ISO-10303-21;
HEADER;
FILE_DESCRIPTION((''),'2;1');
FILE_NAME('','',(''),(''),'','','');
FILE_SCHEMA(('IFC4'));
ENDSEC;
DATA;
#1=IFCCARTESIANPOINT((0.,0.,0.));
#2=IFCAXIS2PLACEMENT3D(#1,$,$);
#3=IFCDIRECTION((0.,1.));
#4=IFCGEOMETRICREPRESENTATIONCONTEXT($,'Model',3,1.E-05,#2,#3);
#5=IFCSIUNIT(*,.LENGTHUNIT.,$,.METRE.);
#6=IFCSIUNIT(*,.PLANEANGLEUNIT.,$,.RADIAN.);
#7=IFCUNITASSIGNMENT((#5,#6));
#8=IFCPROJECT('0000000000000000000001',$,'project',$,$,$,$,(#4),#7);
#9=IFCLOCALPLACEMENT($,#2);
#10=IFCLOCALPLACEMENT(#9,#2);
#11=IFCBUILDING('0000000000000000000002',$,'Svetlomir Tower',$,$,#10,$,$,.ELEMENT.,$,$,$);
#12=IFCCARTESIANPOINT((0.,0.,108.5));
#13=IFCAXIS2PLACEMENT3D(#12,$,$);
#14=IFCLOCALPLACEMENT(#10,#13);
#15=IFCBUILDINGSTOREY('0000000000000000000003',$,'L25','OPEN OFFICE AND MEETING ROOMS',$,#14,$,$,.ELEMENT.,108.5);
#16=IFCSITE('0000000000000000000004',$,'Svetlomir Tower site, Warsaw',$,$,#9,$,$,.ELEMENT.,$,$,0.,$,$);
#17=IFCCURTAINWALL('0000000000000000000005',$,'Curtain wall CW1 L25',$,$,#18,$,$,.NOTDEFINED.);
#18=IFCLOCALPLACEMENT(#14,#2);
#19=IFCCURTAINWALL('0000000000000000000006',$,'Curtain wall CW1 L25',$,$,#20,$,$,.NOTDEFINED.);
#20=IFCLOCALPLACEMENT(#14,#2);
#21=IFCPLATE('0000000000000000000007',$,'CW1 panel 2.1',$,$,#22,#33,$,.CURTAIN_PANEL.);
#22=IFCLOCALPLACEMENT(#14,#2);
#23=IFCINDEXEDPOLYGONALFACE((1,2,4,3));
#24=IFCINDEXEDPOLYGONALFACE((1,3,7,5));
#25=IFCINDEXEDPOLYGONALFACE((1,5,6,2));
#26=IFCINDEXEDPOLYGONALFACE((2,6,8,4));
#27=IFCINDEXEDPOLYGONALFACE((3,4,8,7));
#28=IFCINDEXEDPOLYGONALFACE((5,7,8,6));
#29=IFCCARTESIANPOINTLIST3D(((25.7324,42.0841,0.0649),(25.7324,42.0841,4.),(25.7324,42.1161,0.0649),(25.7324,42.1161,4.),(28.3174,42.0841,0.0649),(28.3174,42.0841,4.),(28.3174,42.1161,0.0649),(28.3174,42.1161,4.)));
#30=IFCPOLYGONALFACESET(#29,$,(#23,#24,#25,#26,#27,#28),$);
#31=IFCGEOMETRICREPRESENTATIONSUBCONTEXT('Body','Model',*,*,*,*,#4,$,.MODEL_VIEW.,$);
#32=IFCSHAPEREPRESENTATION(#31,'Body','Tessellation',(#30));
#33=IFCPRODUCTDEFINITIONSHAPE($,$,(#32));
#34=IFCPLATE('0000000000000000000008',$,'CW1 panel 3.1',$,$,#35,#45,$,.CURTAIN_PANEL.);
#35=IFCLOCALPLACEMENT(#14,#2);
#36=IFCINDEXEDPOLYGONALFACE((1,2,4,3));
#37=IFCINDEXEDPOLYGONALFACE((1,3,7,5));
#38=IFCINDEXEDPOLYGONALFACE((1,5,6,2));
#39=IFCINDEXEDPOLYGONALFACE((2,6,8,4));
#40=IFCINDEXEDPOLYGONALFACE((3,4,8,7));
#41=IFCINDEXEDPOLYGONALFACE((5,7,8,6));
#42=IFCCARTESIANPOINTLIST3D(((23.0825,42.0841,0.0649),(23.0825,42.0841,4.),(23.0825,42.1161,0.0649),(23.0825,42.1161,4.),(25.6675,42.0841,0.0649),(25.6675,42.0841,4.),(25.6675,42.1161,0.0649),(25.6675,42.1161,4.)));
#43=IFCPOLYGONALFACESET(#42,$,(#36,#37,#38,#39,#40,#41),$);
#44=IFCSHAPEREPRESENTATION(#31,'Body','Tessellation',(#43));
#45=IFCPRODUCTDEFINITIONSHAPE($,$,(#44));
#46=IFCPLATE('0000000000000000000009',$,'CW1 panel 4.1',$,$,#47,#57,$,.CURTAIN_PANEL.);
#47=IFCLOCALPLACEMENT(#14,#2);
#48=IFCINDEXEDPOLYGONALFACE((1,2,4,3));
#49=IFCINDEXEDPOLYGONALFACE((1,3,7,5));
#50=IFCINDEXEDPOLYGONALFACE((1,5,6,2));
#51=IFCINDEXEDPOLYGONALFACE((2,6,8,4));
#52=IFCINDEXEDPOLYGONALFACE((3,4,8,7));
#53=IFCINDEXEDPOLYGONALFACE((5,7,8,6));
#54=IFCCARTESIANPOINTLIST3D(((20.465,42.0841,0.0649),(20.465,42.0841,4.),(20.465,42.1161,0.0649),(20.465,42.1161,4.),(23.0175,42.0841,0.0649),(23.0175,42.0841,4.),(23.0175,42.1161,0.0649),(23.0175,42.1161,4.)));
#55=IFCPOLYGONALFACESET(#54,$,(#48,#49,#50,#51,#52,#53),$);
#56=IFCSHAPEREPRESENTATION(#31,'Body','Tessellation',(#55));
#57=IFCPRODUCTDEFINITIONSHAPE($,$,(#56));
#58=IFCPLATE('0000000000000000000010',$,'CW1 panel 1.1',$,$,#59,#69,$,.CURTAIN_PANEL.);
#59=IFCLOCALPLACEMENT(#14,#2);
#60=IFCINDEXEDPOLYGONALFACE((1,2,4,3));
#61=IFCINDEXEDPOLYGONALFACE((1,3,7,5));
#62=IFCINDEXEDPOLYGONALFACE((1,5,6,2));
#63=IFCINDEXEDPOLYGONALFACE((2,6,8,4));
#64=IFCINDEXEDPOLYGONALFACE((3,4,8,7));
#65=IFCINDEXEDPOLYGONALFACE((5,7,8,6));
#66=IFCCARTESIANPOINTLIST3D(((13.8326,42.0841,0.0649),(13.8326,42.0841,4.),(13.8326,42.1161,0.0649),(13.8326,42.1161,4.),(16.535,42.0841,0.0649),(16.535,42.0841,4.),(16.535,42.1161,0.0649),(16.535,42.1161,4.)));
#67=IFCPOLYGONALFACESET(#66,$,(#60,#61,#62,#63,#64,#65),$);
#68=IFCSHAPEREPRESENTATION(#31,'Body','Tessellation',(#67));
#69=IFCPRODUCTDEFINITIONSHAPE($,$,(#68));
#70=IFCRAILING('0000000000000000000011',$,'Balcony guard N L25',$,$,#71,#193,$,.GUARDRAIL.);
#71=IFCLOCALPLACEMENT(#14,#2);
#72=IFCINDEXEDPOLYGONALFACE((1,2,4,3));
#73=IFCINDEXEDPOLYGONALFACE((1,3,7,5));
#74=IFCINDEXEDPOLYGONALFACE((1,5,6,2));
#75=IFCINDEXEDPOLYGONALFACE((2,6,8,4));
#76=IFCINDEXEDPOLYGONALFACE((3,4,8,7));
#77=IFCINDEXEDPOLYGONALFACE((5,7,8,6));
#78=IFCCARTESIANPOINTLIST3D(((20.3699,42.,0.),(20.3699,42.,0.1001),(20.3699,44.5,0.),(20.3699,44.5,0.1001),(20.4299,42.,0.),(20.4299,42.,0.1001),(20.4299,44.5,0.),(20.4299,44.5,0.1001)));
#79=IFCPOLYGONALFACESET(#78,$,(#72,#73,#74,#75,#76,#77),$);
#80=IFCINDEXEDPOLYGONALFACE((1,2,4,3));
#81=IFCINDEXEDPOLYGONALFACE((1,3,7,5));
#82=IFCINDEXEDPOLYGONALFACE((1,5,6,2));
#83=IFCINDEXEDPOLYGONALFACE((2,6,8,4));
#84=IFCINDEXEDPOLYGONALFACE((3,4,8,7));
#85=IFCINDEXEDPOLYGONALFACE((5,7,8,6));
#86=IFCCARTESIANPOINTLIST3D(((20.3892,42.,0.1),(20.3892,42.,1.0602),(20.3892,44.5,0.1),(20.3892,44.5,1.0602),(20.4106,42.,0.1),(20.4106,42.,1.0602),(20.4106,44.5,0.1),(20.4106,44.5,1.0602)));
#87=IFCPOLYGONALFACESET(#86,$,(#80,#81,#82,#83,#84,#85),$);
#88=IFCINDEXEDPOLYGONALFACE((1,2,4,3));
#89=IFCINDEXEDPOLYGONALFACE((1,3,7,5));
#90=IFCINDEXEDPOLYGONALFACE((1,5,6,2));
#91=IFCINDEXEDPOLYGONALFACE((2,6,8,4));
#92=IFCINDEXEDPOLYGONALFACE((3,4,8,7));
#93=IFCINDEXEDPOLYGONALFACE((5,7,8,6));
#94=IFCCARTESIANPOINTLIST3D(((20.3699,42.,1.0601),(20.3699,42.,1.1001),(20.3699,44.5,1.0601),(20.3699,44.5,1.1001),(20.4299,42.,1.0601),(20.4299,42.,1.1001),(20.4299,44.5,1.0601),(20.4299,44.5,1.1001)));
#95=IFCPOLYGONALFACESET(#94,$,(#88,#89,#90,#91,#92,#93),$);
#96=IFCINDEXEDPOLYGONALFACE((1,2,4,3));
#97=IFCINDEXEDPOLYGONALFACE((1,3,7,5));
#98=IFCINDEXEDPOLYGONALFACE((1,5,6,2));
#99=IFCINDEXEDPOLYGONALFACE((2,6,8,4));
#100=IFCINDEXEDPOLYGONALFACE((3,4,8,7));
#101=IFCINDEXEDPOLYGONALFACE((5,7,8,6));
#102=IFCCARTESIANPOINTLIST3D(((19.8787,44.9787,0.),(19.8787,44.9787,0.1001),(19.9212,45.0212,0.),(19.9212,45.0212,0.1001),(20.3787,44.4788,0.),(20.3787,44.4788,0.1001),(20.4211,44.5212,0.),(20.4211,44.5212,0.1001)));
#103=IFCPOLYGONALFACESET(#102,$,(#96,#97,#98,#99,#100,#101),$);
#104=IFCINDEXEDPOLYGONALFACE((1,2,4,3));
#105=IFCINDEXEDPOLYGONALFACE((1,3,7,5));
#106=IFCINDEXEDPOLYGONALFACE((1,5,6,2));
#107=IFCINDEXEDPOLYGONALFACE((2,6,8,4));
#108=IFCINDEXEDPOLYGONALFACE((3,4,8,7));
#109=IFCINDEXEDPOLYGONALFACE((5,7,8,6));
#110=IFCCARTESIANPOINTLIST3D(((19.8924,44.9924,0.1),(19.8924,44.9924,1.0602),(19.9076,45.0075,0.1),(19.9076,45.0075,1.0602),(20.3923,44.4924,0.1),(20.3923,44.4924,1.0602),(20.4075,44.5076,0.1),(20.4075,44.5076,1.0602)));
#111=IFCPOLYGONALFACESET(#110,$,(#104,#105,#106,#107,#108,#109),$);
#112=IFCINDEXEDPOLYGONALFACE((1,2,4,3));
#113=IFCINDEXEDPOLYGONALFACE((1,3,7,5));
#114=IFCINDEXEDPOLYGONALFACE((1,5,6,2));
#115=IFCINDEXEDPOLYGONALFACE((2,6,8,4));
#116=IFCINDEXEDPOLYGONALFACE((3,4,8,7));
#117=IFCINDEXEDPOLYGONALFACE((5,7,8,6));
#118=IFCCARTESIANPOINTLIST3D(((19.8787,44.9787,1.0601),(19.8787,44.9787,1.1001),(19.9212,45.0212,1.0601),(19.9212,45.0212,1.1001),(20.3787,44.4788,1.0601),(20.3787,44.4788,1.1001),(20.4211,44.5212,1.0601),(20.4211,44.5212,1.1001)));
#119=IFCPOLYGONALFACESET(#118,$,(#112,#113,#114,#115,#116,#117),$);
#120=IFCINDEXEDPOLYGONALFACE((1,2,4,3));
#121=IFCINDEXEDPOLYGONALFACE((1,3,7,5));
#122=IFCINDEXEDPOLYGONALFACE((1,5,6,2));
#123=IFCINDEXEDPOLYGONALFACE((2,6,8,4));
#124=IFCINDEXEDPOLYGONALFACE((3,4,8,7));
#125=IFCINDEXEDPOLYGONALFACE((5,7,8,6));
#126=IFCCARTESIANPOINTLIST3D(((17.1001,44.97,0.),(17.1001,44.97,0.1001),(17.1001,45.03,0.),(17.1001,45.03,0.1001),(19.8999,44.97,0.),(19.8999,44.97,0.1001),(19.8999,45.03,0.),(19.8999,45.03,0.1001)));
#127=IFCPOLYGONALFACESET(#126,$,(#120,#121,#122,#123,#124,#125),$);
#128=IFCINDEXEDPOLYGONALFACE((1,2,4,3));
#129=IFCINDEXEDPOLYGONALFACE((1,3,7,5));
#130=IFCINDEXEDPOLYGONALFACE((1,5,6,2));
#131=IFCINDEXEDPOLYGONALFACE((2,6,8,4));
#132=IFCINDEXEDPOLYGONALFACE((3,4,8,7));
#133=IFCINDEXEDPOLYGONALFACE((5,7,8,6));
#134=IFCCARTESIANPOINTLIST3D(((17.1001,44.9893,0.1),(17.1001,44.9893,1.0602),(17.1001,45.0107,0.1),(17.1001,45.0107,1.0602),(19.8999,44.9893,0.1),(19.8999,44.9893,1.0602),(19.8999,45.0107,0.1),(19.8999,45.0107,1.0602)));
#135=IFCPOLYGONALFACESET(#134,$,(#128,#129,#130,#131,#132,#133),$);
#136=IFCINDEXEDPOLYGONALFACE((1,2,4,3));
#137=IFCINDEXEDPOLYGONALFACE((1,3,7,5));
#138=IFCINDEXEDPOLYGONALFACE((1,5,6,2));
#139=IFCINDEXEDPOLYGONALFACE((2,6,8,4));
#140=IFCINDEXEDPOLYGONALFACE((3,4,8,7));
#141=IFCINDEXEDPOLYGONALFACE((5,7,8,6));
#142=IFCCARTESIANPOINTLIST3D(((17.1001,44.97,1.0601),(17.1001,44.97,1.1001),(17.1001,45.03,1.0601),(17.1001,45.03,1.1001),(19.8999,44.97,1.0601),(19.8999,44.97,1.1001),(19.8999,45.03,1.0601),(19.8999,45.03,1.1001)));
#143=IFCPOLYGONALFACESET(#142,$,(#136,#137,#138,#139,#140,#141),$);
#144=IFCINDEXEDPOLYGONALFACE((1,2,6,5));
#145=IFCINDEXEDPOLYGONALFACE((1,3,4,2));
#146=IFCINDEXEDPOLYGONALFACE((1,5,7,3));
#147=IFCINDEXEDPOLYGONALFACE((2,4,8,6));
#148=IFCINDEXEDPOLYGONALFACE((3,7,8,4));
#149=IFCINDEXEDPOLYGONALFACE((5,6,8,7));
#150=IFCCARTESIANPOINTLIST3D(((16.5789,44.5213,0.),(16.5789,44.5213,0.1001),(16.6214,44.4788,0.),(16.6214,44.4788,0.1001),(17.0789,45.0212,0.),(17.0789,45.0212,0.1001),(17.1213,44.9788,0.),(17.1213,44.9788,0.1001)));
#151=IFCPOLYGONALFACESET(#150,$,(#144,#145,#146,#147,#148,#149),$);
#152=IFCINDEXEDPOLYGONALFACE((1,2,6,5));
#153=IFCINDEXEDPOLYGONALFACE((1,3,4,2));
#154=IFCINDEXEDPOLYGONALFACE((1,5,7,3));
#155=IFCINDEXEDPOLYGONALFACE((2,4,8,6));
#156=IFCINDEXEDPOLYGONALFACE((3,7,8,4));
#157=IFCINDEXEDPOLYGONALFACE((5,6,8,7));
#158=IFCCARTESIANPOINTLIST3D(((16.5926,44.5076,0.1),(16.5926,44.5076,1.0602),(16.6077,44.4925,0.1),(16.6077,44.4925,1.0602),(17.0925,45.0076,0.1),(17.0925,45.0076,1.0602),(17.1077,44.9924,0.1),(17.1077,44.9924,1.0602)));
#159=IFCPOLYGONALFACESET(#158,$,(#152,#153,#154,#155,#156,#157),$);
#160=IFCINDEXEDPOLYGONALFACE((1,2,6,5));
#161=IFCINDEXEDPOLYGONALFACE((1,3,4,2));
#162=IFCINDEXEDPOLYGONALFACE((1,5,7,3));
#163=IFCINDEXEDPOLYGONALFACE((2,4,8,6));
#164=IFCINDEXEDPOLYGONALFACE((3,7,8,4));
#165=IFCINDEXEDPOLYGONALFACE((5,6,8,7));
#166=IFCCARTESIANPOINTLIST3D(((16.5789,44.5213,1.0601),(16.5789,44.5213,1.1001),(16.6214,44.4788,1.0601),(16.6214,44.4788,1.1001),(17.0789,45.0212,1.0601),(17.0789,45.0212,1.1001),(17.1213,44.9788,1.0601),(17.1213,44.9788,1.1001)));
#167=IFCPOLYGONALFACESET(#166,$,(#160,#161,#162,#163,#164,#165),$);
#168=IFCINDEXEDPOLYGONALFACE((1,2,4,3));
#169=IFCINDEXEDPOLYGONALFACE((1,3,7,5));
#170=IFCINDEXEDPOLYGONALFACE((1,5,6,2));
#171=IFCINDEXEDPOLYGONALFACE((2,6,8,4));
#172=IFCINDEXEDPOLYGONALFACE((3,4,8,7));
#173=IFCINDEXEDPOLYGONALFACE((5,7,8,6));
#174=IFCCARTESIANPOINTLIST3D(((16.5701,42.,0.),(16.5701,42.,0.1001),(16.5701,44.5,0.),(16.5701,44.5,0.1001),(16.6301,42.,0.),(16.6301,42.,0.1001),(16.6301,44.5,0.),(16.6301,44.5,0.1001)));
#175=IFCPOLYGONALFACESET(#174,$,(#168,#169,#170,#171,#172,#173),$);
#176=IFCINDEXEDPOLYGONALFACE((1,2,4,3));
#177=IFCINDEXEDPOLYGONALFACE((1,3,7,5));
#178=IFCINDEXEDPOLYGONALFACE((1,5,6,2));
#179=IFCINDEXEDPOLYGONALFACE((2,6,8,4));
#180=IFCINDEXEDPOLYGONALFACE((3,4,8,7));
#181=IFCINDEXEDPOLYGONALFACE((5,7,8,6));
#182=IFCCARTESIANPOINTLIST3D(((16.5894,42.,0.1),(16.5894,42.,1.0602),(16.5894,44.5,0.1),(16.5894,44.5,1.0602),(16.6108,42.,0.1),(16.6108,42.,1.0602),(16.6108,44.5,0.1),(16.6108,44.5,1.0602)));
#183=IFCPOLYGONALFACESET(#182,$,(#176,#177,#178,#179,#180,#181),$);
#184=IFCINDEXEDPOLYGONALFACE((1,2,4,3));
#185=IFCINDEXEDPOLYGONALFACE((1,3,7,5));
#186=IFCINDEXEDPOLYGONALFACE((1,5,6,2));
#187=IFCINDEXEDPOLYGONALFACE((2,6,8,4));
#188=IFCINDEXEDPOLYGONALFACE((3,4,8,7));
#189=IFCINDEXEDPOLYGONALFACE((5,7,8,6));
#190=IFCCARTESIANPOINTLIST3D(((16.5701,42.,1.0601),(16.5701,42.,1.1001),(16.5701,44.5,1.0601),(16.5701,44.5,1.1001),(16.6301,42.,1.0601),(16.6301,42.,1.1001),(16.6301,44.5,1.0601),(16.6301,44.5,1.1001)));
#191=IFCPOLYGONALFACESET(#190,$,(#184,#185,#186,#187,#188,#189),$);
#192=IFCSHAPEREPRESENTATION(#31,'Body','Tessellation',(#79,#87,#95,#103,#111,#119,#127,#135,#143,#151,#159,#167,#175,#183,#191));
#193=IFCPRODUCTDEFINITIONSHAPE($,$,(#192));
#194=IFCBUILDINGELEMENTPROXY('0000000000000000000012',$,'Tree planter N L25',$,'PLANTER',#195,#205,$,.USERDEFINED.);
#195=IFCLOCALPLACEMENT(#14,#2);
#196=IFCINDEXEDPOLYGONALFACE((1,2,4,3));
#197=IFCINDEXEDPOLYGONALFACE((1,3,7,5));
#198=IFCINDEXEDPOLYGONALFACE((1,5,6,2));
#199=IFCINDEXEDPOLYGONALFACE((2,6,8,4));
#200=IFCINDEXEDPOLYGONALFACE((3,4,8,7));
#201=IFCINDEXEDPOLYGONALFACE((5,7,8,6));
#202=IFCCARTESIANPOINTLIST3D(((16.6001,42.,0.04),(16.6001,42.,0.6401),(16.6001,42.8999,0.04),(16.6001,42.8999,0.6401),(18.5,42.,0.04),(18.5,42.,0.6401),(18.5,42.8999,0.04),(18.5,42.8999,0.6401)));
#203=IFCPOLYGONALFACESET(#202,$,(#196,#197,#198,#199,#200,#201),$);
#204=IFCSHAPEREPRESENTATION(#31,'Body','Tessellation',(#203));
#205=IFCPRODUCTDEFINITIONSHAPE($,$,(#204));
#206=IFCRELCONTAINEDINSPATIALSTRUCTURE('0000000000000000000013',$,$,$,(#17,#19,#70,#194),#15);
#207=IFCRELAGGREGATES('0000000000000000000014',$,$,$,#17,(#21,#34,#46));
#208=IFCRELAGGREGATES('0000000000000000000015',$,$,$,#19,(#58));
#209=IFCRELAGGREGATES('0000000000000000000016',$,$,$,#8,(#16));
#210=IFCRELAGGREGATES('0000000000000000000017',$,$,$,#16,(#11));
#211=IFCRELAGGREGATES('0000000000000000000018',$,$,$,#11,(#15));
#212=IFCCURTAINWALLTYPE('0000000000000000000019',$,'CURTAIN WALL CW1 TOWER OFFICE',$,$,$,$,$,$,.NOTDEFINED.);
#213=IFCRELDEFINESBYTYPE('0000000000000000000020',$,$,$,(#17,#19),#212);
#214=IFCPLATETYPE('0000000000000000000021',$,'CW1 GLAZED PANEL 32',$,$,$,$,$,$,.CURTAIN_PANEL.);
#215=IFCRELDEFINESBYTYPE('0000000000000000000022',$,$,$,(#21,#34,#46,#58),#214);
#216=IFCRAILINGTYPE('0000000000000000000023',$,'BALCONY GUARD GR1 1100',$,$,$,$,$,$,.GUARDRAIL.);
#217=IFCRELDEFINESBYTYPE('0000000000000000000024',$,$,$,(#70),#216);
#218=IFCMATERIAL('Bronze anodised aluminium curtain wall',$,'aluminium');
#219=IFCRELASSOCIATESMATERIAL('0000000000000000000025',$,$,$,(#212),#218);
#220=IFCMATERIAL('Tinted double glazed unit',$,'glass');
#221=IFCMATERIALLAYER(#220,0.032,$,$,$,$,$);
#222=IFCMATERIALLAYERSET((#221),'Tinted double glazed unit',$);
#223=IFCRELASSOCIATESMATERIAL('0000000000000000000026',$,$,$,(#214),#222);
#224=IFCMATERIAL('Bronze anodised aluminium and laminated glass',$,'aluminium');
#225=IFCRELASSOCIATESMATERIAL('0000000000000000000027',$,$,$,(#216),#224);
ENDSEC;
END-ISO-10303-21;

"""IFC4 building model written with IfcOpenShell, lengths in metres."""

from ifc_helpers import new_model, si_unit, direction, frame, origin, origin_2d, place, context, subcontext, project, spatial, rectangle, extrude, material, layer, layer_set, type_object, element, aggregate, save


model = new_model("IFC4")

# Units and contexts
model_context = context("Model", 3, precision=1e-05, world=origin(), true_north=direction((0.0, 1.0)))
body_context = subcontext(model_context, "Body", "Model", "MODEL_VIEW")
ifc_project = project(units=[si_unit("LENGTHUNIT", "METRE"), si_unit("PLANEANGLEUNIT", "RADIAN")], contexts=[model_context])

# Site, building, storey
site_placement = place(None, origin())
site = spatial("IfcSite", under=ifc_project, at=site_placement, Name="Svetlomir Tower site, Warsaw", CompositionType="ELEMENT", RefElevation=0.0)
building_placement = place(site_placement, origin())
building = spatial("IfcBuilding", under=site, at=building_placement, Name="Svetlomir Tower", CompositionType="ELEMENT")
storey_placement = place(building_placement, frame((0.0, 0.0, 108.5)))
storey = spatial("IfcBuildingStorey", under=building, at=storey_placement, Name="L25", Description="OPEN OFFICE AND MEETING ROOMS", CompositionType="ELEMENT", Elevation=108.5)

# Curtain wall
ifc_material_1 = material(Name="Bronze anodised aluminium curtain wall", Category="aluminium")
curtain_wall_type = type_object("IfcCurtainWallType", Name="CURTAIN WALL CW1 TOWER OFFICE", PredefinedType="NOTDEFINED", material=ifc_material_1)
curtain_wall_1_placement = place(storey_placement, origin())
curtain_wall_1 = element("IfcCurtainWall", 1, at=curtain_wall_1_placement, inside=storey, type_object=curtain_wall_type, Name="Curtain wall CW1 L25", PredefinedType="NOTDEFINED")

# Curtain wall
curtain_wall_2_placement = place(storey_placement, origin())
curtain_wall_2 = element("IfcCurtainWall", 2, at=curtain_wall_2_placement, inside=storey, type_object=curtain_wall_type, Name="Curtain wall CW1 L25", PredefinedType="NOTDEFINED")

# Plates
ifc_material_2 = material(Name="Tinted double glazed unit", Category="glass")
ifc_layer_1 = layer(ifc_material_2, 0.032)
ifc_layer_set_1 = layer_set([ifc_layer_1], Name="Tinted double glazed unit")
plate_type = type_object("IfcPlateType", Name="CW1 GLAZED PANEL 32", PredefinedType="CURTAIN_PANEL", material=ifc_layer_set_1)
plate_1_placement = place(storey_placement, frame((27.0249, 42.1001, 0.0649), z_axis=(0.0, 0.0, 1.0), x_axis=(-1.0, 0.0, 0.0)))
plate_1 = element("IfcPlate", 3, at=plate_1_placement, type_object=plate_type, Name="CW1 panel 2.1", PredefinedType="CURTAIN_PANEL", context=body_context, shape_type="SweptSolid", body=[
    extrude(rectangle(XDim=2.585, YDim=0.032, at=origin_2d()), origin(), (0.0, 0.0, 1.0), 3.9351),
])
plate_2_placement = place(storey_placement, frame((24.375, 42.1001, 0.0649), z_axis=(0.0, 0.0, 1.0), x_axis=(-1.0, 0.0, 0.0)))
plate_2 = element("IfcPlate", 4, at=plate_2_placement, type_object=plate_type, Name="CW1 panel 3.1", PredefinedType="CURTAIN_PANEL", context=body_context, shape_type="SweptSolid", body=[
    extrude(rectangle(XDim=2.585, YDim=0.032, at=origin_2d()), origin(), (0.0, 0.0, 1.0), 3.9351),
])
plate_3_placement = place(storey_placement, frame((21.7412, 42.1001, 0.0649), z_axis=(0.0, 0.0, 1.0), x_axis=(-1.0, 0.0, 0.0)))
plate_3 = element("IfcPlate", 5, at=plate_3_placement, type_object=plate_type, Name="CW1 panel 4.1", PredefinedType="CURTAIN_PANEL", context=body_context, shape_type="SweptSolid", body=[
    extrude(rectangle(XDim=2.5525, YDim=0.032, at=origin_2d()), origin(), (0.0, 0.0, 1.0), 3.9351),
])
aggregate(curtain_wall_1, [plate_1, plate_2, plate_3])
plate_4_placement = place(storey_placement, frame((15.1838, 42.1001, 0.0649), z_axis=(0.0, 0.0, 1.0), x_axis=(-1.0, 0.0, 0.0)))
plate_4 = element("IfcPlate", 6, at=plate_4_placement, type_object=plate_type, Name="CW1 panel 1.1", PredefinedType="CURTAIN_PANEL", context=body_context, shape_type="SweptSolid", body=[
    extrude(rectangle(XDim=2.7024, YDim=0.032, at=origin_2d()), origin(), (0.0, 0.0, 1.0), 3.9351),
])
aggregate(curtain_wall_2, [plate_4])

# Railing
ifc_material_3 = material(Name="Bronze anodised aluminium and laminated glass", Category="aluminium")
railing_type = type_object("IfcRailingType", Name="BALCONY GUARD GR1 1100", PredefinedType="GUARDRAIL", material=ifc_material_3)
railing_placement = place(storey_placement, frame((20.3999, 42.0, 0.0)))
element("IfcRailing", 7, at=railing_placement, inside=storey, type_object=railing_type, Name="Balcony guard N L25", PredefinedType="GUARDRAIL", context=body_context, shape_type="SweptSolid", body=[
    extrude(rectangle(XDim=0.0601, YDim=0.1001, at=origin_2d()), frame((0.0, 0.0, 0.05), z_axis=(0.0, 1.0, 0.0), x_axis=(-1.0, 0.0, 0.0)), (0.0, 0.0, 1.0), 2.5),
    extrude(rectangle(XDim=0.0215, YDim=0.9602, at=origin_2d()), frame((0.0, 0.0, 0.5801), z_axis=(0.0, 1.0, 0.0), x_axis=(-1.0, 0.0, 0.0)), (0.0, 0.0, 1.0), 2.5),
    extrude(rectangle(XDim=0.0601, YDim=0.04, at=origin_2d()), frame((0.0, 0.0, 1.0801), z_axis=(0.0, 1.0, 0.0), x_axis=(-1.0, 0.0, 0.0)), (0.0, 0.0, 1.0), 2.5),
    extrude(rectangle(XDim=0.0601, YDim=0.1001, at=origin_2d()), frame((0.0, 2.5, 0.05), z_axis=(-0.707107, 0.707107, 0.0), x_axis=(-0.707107, -0.707107, 0.0)), (0.0, 0.0, 1.0), 0.707),
    extrude(rectangle(XDim=0.0215, YDim=0.9602, at=origin_2d()), frame((0.0, 2.5, 0.5801), z_axis=(-0.707107, 0.707107, 0.0), x_axis=(-0.707107, -0.707107, 0.0)), (0.0, 0.0, 1.0), 0.707),
    extrude(rectangle(XDim=0.0601, YDim=0.04, at=origin_2d()), frame((0.0, 2.5, 1.0801), z_axis=(-0.707107, 0.707107, 0.0), x_axis=(-0.707107, -0.707107, 0.0)), (0.0, 0.0, 1.0), 0.707),
    extrude(rectangle(XDim=0.0601, YDim=0.1001, at=origin_2d()), frame((-0.5, 3.0, 0.05), z_axis=(-1.0, 0.0, 0.0), x_axis=(0.0, -1.0, 0.0)), (0.0, 0.0, 1.0), 2.7998),
    extrude(rectangle(XDim=0.0215, YDim=0.9602, at=origin_2d()), frame((-0.5, 3.0, 0.5801), z_axis=(-1.0, 0.0, 0.0), x_axis=(0.0, -1.0, 0.0)), (0.0, 0.0, 1.0), 2.7998),
    extrude(rectangle(XDim=0.0601, YDim=0.04, at=origin_2d()), frame((-0.5, 3.0, 1.0801), z_axis=(-1.0, 0.0, 0.0), x_axis=(0.0, -1.0, 0.0)), (0.0, 0.0, 1.0), 2.7998),
    extrude(rectangle(XDim=0.0601, YDim=0.1001, at=origin_2d()), frame((-3.2998, 3.0, 0.05), z_axis=(-0.707107, -0.707107, 0.0), x_axis=(0.707107, -0.707107, 0.0)), (0.0, 0.0, 1.0), 0.707),
    extrude(rectangle(XDim=0.0215, YDim=0.9602, at=origin_2d()), frame((-3.2998, 3.0, 0.5801), z_axis=(-0.707107, -0.707107, 0.0), x_axis=(0.707107, -0.707107, 0.0)), (0.0, 0.0, 1.0), 0.707),
    extrude(rectangle(XDim=0.0601, YDim=0.04, at=origin_2d()), frame((-3.2998, 3.0, 1.0801), z_axis=(-0.707107, -0.707107, 0.0), x_axis=(0.707107, -0.707107, 0.0)), (0.0, 0.0, 1.0), 0.707),
    extrude(rectangle(XDim=0.0601, YDim=0.1001, at=origin_2d()), frame((-3.7998, 2.5, 0.05), z_axis=(0.0, -1.0, 0.0), x_axis=(1.0, 0.0, 0.0)), (0.0, 0.0, 1.0), 2.5),
    extrude(rectangle(XDim=0.0215, YDim=0.9602, at=origin_2d()), frame((-3.7998, 2.5, 0.5801), z_axis=(0.0, -1.0, 0.0), x_axis=(1.0, 0.0, 0.0)), (0.0, 0.0, 1.0), 2.5),
    extrude(rectangle(XDim=0.0601, YDim=0.04, at=origin_2d()), frame((-3.7998, 2.5, 1.0801), z_axis=(0.0, -1.0, 0.0), x_axis=(1.0, 0.0, 0.0)), (0.0, 0.0, 1.0), 2.5),
])

# Building element proxy
proxy_placement = place(storey_placement, frame((17.55, 42.45, 0.04), z_axis=(0.0, 0.0, 1.0), x_axis=(1.0, 0.0, 0.0)))
element("IfcBuildingElementProxy", 8, at=proxy_placement, inside=storey, Name="Tree planter N L25", ObjectType="PLANTER", PredefinedType="USERDEFINED", context=body_context, shape_type="SweptSolid", body=[
    extrude(rectangle(XDim=1.8999, YDim=0.8999, at=origin_2d()), origin(), (0.0, 0.0, 1.0), 0.6001),
])

save(model, "model.ifc")
